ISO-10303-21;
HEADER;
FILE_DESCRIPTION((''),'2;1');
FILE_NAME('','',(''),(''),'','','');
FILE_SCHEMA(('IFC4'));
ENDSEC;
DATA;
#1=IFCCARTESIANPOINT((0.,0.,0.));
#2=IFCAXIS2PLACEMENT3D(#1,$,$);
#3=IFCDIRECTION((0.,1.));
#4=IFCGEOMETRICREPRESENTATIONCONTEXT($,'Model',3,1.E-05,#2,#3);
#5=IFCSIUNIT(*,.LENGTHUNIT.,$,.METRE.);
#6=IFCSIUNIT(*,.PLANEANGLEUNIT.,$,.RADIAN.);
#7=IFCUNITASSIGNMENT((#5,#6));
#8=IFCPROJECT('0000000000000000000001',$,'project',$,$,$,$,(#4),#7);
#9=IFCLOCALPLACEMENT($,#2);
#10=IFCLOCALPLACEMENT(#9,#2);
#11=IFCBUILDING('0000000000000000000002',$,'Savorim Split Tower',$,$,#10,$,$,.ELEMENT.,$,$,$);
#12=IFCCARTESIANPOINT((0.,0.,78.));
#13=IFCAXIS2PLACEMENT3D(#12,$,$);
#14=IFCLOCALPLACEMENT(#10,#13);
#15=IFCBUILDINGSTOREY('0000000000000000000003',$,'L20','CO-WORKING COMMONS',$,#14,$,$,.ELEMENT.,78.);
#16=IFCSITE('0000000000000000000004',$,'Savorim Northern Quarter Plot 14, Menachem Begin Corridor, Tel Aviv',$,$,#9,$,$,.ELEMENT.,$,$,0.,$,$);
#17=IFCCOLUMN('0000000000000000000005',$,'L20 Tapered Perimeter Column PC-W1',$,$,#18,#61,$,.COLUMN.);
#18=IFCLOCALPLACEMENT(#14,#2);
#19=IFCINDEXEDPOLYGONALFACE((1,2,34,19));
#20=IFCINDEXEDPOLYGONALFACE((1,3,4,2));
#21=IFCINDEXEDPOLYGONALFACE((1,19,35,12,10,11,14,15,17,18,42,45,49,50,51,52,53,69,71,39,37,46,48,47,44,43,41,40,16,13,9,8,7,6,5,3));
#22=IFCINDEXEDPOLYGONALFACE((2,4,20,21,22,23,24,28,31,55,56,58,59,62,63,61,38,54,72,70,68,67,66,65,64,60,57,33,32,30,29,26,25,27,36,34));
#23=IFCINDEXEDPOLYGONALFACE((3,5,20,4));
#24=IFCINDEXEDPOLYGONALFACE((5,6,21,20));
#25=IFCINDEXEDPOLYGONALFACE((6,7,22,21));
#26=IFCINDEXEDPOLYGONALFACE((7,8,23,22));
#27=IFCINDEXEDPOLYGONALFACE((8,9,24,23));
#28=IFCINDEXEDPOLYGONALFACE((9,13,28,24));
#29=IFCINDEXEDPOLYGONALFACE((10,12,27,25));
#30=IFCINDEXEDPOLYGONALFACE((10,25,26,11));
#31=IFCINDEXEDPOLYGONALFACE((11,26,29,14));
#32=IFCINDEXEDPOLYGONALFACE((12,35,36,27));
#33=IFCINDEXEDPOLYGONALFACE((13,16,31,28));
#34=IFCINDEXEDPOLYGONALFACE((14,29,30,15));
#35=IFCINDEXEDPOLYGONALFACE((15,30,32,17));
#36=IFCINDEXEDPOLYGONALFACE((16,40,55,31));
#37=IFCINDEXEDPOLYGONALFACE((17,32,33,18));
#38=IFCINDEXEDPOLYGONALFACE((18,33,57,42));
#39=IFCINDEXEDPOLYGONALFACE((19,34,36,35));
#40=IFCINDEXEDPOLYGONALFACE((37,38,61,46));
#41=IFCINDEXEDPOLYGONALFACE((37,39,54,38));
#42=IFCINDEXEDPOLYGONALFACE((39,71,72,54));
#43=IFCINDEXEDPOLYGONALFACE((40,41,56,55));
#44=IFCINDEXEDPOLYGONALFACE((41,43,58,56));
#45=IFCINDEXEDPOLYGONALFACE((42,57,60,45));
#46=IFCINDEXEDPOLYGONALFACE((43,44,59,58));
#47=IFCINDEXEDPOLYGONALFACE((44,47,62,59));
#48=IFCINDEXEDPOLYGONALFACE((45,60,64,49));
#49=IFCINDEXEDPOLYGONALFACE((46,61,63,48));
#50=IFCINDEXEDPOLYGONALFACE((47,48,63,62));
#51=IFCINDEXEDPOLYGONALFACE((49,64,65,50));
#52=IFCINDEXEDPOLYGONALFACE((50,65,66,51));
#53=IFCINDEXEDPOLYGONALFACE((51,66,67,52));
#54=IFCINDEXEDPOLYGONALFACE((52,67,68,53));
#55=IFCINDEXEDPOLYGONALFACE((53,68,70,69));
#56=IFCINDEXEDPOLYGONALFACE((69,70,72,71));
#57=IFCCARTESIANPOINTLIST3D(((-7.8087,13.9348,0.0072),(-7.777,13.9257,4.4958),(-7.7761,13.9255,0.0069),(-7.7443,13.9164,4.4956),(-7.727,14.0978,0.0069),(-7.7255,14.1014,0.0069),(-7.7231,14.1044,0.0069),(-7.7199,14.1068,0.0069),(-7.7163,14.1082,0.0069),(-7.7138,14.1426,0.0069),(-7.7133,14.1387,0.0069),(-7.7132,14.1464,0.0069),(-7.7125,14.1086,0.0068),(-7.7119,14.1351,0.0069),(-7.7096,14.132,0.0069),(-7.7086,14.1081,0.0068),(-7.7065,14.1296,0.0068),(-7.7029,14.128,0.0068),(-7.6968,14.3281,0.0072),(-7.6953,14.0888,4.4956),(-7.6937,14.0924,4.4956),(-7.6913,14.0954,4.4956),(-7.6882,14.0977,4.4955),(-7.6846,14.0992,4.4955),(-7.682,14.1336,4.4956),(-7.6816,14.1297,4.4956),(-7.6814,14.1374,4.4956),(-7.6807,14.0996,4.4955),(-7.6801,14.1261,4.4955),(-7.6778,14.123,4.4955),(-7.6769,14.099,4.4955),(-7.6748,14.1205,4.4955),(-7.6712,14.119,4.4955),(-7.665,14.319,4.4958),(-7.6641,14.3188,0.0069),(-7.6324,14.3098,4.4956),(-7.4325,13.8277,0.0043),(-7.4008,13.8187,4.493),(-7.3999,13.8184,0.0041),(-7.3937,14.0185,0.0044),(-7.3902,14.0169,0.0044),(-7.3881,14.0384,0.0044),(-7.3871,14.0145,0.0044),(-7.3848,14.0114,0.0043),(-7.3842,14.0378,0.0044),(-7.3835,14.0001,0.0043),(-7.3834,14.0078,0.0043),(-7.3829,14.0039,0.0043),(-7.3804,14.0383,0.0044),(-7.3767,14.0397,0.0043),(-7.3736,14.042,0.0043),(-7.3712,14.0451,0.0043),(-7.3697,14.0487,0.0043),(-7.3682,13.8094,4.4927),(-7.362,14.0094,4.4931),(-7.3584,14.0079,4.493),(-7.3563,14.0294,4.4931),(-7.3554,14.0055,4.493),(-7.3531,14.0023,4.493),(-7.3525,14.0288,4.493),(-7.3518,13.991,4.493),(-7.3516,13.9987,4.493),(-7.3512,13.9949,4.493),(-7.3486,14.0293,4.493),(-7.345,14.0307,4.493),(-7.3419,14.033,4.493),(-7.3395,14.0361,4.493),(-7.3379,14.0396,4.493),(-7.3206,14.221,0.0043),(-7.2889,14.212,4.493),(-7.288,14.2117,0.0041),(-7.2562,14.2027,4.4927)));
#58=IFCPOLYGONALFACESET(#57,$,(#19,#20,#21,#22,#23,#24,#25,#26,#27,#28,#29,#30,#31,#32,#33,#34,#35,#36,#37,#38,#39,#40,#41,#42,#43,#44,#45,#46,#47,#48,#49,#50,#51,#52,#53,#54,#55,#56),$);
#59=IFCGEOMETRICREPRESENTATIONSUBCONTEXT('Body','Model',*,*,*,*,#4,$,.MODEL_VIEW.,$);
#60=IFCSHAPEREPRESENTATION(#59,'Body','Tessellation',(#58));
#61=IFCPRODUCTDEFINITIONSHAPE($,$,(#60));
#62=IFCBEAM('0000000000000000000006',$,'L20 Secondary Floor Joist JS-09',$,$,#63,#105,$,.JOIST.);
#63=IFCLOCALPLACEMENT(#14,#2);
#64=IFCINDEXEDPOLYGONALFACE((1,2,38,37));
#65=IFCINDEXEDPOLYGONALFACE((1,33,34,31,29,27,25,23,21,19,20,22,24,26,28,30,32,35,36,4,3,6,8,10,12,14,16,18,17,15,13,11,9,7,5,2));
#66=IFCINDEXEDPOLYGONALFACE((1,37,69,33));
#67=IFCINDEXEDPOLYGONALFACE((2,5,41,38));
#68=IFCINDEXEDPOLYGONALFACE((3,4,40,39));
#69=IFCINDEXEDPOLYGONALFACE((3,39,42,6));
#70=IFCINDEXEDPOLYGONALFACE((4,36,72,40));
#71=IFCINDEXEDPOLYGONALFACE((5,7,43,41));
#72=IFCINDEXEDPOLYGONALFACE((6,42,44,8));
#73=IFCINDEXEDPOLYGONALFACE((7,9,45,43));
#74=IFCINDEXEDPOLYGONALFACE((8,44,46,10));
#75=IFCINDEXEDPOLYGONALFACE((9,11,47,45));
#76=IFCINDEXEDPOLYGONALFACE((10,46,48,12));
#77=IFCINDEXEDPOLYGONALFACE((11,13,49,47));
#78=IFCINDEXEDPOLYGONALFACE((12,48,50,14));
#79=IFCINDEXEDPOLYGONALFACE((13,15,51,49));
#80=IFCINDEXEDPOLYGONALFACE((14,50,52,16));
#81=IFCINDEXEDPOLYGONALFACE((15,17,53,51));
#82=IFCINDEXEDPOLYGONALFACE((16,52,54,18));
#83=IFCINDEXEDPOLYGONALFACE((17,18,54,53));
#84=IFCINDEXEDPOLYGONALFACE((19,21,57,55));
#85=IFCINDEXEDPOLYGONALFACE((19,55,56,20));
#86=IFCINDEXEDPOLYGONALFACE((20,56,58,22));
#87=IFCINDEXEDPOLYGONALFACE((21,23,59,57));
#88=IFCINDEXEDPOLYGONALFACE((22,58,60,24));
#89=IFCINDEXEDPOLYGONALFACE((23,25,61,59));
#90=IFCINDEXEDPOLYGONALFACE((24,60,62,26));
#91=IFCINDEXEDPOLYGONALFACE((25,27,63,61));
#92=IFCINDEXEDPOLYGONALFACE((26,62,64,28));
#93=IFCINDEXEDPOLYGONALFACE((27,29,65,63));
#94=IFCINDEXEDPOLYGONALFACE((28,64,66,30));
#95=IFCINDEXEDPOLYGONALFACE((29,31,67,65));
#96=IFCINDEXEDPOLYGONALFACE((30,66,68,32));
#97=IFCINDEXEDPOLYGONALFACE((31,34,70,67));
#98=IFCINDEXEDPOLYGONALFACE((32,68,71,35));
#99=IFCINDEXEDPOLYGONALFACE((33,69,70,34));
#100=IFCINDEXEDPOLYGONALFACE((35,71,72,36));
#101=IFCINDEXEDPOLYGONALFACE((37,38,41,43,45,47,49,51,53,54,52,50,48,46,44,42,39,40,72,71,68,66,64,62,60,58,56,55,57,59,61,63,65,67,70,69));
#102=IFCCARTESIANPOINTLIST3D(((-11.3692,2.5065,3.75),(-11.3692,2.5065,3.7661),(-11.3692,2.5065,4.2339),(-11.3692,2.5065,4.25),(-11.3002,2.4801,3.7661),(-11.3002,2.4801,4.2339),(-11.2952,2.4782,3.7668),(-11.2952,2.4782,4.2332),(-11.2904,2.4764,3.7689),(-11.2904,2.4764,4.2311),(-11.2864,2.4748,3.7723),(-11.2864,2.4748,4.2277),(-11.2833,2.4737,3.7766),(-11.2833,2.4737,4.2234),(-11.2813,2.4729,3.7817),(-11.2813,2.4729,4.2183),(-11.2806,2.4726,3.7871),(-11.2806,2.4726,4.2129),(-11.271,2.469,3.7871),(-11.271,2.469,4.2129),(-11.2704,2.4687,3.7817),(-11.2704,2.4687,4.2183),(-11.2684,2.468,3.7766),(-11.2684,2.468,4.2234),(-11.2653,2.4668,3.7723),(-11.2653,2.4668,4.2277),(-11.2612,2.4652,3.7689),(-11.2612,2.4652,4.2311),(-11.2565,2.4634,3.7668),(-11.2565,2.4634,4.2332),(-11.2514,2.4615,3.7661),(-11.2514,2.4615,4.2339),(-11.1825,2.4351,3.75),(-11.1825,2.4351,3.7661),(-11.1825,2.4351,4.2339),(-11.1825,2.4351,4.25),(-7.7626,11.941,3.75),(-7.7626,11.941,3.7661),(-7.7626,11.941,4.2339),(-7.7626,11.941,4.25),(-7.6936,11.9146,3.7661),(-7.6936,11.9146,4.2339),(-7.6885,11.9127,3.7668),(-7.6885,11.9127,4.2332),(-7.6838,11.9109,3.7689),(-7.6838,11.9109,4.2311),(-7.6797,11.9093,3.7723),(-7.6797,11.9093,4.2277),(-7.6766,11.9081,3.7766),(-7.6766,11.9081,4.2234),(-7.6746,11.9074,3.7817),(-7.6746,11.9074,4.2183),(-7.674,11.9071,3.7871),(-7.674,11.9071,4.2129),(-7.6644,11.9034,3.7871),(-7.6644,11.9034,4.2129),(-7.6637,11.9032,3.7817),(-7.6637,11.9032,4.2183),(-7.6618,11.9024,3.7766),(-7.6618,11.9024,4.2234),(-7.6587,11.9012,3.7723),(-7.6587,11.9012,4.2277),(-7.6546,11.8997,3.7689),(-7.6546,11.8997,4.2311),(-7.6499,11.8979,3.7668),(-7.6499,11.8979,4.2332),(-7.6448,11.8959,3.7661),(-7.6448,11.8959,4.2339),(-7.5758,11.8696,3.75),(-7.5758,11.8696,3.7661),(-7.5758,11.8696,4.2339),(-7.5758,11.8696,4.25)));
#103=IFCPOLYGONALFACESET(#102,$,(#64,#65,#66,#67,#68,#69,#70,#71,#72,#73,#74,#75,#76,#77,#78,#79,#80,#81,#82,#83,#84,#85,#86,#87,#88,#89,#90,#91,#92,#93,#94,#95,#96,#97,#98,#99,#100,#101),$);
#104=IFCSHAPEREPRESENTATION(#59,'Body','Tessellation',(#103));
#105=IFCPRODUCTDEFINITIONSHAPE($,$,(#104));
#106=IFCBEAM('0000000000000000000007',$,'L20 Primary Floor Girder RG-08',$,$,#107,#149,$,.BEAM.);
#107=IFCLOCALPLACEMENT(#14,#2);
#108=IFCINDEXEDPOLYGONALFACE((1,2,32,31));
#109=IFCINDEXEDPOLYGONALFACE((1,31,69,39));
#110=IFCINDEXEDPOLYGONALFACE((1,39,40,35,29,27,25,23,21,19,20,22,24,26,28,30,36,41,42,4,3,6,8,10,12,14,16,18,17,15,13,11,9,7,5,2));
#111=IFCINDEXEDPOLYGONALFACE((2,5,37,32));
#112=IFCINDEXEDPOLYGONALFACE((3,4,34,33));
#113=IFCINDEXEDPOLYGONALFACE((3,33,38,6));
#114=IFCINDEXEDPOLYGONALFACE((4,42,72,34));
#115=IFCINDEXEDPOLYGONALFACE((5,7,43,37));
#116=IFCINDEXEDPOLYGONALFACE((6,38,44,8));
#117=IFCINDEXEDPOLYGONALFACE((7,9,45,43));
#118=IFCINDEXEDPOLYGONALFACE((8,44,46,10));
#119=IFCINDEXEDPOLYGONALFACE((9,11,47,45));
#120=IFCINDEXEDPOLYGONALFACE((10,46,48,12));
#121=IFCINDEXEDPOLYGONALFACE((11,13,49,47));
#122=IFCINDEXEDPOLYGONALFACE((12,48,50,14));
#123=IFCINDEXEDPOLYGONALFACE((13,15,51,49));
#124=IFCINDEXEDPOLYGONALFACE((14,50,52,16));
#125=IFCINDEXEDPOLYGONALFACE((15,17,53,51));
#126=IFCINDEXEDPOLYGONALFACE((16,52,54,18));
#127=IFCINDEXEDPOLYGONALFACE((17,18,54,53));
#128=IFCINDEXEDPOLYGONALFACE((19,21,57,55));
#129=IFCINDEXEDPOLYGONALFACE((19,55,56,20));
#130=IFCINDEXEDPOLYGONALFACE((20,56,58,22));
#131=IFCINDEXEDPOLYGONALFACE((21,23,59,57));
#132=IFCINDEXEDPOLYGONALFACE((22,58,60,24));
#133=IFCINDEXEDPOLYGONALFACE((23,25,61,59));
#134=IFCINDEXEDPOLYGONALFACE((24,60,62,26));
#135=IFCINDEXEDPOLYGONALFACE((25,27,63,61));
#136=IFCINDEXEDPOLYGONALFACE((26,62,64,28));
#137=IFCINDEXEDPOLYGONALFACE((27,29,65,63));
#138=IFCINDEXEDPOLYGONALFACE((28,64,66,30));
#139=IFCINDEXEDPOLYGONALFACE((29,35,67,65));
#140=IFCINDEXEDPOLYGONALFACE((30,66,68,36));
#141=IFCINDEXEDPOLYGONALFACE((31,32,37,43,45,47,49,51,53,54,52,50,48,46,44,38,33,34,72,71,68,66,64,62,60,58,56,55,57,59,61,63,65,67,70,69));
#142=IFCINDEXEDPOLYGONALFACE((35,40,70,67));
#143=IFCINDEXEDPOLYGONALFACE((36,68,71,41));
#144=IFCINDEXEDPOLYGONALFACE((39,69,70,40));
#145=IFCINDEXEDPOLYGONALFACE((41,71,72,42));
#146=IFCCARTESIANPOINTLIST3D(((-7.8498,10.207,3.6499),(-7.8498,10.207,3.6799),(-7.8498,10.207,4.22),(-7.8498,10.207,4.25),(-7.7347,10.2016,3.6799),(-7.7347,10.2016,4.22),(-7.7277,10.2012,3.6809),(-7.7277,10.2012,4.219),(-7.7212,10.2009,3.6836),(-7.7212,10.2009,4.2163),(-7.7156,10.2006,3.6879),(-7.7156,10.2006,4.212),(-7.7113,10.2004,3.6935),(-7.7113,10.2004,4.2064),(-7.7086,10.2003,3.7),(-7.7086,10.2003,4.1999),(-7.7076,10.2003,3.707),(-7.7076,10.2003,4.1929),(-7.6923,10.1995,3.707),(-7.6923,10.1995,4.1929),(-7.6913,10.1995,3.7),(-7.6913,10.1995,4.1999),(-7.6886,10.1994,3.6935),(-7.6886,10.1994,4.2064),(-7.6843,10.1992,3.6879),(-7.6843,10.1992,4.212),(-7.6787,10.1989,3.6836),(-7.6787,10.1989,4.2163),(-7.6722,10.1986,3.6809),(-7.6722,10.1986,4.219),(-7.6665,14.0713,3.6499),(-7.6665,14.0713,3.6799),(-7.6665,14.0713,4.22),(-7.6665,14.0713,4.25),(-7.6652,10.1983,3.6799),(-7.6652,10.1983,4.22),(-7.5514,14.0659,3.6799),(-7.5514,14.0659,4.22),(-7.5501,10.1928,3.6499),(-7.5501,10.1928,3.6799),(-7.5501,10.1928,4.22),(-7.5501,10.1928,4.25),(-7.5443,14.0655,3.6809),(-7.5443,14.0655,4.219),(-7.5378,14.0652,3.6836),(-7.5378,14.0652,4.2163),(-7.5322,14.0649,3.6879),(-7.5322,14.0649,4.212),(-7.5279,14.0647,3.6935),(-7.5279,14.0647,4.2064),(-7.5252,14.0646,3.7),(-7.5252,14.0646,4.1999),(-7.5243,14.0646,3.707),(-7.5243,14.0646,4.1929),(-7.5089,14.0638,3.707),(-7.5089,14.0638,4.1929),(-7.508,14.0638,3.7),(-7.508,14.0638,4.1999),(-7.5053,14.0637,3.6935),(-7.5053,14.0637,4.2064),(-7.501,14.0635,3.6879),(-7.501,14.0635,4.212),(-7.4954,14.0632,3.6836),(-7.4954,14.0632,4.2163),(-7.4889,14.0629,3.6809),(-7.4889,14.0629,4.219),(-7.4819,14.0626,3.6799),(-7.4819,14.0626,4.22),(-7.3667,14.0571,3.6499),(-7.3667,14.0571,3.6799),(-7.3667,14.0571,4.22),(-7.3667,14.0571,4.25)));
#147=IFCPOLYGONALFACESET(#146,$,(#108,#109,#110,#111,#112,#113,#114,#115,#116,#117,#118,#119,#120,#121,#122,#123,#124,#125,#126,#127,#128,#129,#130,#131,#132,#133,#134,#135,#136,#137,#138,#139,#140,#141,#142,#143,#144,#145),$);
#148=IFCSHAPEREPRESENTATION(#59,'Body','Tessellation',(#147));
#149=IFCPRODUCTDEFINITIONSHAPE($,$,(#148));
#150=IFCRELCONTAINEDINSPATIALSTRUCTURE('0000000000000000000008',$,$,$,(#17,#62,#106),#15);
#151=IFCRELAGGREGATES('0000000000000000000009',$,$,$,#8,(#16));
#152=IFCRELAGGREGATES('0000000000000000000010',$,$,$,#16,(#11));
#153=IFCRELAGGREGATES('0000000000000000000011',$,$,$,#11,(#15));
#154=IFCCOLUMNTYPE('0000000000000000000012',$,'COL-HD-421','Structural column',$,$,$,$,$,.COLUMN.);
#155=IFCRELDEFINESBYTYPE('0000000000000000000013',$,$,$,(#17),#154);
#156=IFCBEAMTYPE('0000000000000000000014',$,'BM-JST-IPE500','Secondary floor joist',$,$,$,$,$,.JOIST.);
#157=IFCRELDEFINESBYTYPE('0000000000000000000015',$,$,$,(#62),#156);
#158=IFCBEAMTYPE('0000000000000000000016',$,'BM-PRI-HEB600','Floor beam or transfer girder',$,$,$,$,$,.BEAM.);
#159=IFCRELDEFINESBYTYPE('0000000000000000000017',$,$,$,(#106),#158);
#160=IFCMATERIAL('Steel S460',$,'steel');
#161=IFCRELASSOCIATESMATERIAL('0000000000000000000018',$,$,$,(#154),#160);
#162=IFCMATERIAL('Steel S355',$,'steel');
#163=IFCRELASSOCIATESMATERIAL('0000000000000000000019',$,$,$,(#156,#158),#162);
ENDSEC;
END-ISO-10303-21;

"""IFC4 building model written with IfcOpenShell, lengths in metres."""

from ifc_helpers import new_model, si_unit, direction, frame, origin, origin_2d, place, context, subcontext, project, spatial, i_section, extrude, material, material_profile, profile_set, type_object, element, save


model = new_model("IFC4")

# Units and contexts
model_context = context("Model", 3, precision=1e-05, world=origin(), true_north=direction((0.0, 1.0)))
body_context = subcontext(model_context, "Body", "Model", "MODEL_VIEW")
ifc_project = project(units=[si_unit("LENGTHUNIT", "METRE"), si_unit("PLANEANGLEUNIT", "RADIAN")], contexts=[model_context])

# Site, building, storey
site_placement = place(None, origin())
site = spatial("IfcSite", under=ifc_project, at=site_placement, Name="Savorim Northern Quarter Plot 14, Menachem Begin Corridor, Tel Aviv", CompositionType="ELEMENT", RefElevation=0.0)
building_placement = place(site_placement, origin())
building = spatial("IfcBuilding", under=site, at=building_placement, Name="Savorim Split Tower", CompositionType="ELEMENT")
storey_placement = place(building_placement, frame((0.0, 0.0, 78.0)))
storey = spatial("IfcBuildingStorey", under=building, at=storey_placement, Name="L20", Description="CO-WORKING COMMONS", CompositionType="ELEMENT", Elevation=78.0)

# Column
ifc_material_1 = material(Name="Steel S460", Category="steel")
ifc_material_profile_1 = material_profile(ifc_material_1, i_section(OverallWidth=0.4089, OverallDepth=0.425, WebThickness=0.0208, FlangeThickness=0.0339, FilletRadius=0.0149, at=origin_2d()), Name="HD 400x421")
ifc_profile_set_1 = profile_set([ifc_material_profile_1], Name="Steel S460")
column_type = type_object("IfcColumnType", Name="COL-HD-421", Description="Structural column", PredefinedType="COLUMN", material=ifc_profile_set_1)
column_placement = place(storey_placement, frame((-7.5483, 14.0732, 0.0056), z_axis=(0.00707, -0.002012, 0.999973), x_axis=(0.273744, 0.961803, 0.0)))
element("IfcColumn", 1, at=column_placement, inside=storey, type_object=column_type, Name="L20 Tapered Perimeter Column PC-W1", PredefinedType="COLUMN", context=body_context, shape_type="SweptSolid", body=[
    extrude(i_section(OverallWidth=0.4089, OverallDepth=0.425, WebThickness=0.0208, FlangeThickness=0.0339, FilletRadius=0.0149, at=origin_2d()), origin(), (0.0, 0.0, 1.0), 4.4888),
])

# Beams
ifc_material_2 = material(Name="Steel S355", Category="steel")
ifc_material_profile_2 = material_profile(ifc_material_2, i_section(OverallWidth=0.2, OverallDepth=0.5, WebThickness=0.0103, FlangeThickness=0.0161, FilletRadius=0.021, at=origin_2d()), Name="IPE 500")
ifc_profile_set_2 = profile_set([ifc_material_profile_2], Name="Steel S355")
beam_type_1 = type_object("IfcBeamType", Name="BM-JST-IPE500", Description="Secondary floor joist", PredefinedType="JOIST", material=ifc_profile_set_2)
beam_1_placement = place(storey_placement, frame((-7.6692, 11.9053, 4.0), z_axis=(-0.357082, -0.934073, 0.0), x_axis=(0.934073, -0.357082, 0.0)))
element("IfcBeam", 2, at=beam_1_placement, inside=storey, type_object=beam_type_1, Name="L20 Secondary Floor Joist JS-09", PredefinedType="JOIST", context=body_context, shape_type="SweptSolid", body=[
    extrude(i_section(OverallWidth=0.2, OverallDepth=0.5, WebThickness=0.0103, FlangeThickness=0.0161, FilletRadius=0.021, at=origin_2d()), origin(), (0.0, 0.0, 1.0), 10.1003),
])
ifc_material_profile_3 = material_profile(ifc_material_2, i_section(OverallWidth=0.3, OverallDepth=0.6001, WebThickness=0.0154, FlangeThickness=0.03, FilletRadius=0.0271, at=origin_2d()), Name="HEB 600")
ifc_profile_set_3 = profile_set([ifc_material_profile_3], Name="Steel S355")
beam_type_2 = type_object("IfcBeamType", Name="BM-PRI-HEB600", Description="Floor beam or transfer girder", PredefinedType="BEAM", material=ifc_profile_set_3)
beam_2_placement = place(storey_placement, frame((-7.5166, 14.0642, 3.95), z_axis=(-0.047394, -0.998876, 0.0), x_axis=(0.998876, -0.047394, 0.0)))
element("IfcBeam", 3, at=beam_2_placement, inside=storey, type_object=beam_type_2, Name="L20 Primary Floor Girder RG-08", PredefinedType="BEAM", context=body_context, shape_type="SweptSolid", body=[
    extrude(i_section(OverallWidth=0.3, OverallDepth=0.6001, WebThickness=0.0154, FlangeThickness=0.03, FilletRadius=0.0271, at=origin_2d()), origin(), (0.0, 0.0, 1.0), 3.8687),
])

save(model, "model.ifc")
